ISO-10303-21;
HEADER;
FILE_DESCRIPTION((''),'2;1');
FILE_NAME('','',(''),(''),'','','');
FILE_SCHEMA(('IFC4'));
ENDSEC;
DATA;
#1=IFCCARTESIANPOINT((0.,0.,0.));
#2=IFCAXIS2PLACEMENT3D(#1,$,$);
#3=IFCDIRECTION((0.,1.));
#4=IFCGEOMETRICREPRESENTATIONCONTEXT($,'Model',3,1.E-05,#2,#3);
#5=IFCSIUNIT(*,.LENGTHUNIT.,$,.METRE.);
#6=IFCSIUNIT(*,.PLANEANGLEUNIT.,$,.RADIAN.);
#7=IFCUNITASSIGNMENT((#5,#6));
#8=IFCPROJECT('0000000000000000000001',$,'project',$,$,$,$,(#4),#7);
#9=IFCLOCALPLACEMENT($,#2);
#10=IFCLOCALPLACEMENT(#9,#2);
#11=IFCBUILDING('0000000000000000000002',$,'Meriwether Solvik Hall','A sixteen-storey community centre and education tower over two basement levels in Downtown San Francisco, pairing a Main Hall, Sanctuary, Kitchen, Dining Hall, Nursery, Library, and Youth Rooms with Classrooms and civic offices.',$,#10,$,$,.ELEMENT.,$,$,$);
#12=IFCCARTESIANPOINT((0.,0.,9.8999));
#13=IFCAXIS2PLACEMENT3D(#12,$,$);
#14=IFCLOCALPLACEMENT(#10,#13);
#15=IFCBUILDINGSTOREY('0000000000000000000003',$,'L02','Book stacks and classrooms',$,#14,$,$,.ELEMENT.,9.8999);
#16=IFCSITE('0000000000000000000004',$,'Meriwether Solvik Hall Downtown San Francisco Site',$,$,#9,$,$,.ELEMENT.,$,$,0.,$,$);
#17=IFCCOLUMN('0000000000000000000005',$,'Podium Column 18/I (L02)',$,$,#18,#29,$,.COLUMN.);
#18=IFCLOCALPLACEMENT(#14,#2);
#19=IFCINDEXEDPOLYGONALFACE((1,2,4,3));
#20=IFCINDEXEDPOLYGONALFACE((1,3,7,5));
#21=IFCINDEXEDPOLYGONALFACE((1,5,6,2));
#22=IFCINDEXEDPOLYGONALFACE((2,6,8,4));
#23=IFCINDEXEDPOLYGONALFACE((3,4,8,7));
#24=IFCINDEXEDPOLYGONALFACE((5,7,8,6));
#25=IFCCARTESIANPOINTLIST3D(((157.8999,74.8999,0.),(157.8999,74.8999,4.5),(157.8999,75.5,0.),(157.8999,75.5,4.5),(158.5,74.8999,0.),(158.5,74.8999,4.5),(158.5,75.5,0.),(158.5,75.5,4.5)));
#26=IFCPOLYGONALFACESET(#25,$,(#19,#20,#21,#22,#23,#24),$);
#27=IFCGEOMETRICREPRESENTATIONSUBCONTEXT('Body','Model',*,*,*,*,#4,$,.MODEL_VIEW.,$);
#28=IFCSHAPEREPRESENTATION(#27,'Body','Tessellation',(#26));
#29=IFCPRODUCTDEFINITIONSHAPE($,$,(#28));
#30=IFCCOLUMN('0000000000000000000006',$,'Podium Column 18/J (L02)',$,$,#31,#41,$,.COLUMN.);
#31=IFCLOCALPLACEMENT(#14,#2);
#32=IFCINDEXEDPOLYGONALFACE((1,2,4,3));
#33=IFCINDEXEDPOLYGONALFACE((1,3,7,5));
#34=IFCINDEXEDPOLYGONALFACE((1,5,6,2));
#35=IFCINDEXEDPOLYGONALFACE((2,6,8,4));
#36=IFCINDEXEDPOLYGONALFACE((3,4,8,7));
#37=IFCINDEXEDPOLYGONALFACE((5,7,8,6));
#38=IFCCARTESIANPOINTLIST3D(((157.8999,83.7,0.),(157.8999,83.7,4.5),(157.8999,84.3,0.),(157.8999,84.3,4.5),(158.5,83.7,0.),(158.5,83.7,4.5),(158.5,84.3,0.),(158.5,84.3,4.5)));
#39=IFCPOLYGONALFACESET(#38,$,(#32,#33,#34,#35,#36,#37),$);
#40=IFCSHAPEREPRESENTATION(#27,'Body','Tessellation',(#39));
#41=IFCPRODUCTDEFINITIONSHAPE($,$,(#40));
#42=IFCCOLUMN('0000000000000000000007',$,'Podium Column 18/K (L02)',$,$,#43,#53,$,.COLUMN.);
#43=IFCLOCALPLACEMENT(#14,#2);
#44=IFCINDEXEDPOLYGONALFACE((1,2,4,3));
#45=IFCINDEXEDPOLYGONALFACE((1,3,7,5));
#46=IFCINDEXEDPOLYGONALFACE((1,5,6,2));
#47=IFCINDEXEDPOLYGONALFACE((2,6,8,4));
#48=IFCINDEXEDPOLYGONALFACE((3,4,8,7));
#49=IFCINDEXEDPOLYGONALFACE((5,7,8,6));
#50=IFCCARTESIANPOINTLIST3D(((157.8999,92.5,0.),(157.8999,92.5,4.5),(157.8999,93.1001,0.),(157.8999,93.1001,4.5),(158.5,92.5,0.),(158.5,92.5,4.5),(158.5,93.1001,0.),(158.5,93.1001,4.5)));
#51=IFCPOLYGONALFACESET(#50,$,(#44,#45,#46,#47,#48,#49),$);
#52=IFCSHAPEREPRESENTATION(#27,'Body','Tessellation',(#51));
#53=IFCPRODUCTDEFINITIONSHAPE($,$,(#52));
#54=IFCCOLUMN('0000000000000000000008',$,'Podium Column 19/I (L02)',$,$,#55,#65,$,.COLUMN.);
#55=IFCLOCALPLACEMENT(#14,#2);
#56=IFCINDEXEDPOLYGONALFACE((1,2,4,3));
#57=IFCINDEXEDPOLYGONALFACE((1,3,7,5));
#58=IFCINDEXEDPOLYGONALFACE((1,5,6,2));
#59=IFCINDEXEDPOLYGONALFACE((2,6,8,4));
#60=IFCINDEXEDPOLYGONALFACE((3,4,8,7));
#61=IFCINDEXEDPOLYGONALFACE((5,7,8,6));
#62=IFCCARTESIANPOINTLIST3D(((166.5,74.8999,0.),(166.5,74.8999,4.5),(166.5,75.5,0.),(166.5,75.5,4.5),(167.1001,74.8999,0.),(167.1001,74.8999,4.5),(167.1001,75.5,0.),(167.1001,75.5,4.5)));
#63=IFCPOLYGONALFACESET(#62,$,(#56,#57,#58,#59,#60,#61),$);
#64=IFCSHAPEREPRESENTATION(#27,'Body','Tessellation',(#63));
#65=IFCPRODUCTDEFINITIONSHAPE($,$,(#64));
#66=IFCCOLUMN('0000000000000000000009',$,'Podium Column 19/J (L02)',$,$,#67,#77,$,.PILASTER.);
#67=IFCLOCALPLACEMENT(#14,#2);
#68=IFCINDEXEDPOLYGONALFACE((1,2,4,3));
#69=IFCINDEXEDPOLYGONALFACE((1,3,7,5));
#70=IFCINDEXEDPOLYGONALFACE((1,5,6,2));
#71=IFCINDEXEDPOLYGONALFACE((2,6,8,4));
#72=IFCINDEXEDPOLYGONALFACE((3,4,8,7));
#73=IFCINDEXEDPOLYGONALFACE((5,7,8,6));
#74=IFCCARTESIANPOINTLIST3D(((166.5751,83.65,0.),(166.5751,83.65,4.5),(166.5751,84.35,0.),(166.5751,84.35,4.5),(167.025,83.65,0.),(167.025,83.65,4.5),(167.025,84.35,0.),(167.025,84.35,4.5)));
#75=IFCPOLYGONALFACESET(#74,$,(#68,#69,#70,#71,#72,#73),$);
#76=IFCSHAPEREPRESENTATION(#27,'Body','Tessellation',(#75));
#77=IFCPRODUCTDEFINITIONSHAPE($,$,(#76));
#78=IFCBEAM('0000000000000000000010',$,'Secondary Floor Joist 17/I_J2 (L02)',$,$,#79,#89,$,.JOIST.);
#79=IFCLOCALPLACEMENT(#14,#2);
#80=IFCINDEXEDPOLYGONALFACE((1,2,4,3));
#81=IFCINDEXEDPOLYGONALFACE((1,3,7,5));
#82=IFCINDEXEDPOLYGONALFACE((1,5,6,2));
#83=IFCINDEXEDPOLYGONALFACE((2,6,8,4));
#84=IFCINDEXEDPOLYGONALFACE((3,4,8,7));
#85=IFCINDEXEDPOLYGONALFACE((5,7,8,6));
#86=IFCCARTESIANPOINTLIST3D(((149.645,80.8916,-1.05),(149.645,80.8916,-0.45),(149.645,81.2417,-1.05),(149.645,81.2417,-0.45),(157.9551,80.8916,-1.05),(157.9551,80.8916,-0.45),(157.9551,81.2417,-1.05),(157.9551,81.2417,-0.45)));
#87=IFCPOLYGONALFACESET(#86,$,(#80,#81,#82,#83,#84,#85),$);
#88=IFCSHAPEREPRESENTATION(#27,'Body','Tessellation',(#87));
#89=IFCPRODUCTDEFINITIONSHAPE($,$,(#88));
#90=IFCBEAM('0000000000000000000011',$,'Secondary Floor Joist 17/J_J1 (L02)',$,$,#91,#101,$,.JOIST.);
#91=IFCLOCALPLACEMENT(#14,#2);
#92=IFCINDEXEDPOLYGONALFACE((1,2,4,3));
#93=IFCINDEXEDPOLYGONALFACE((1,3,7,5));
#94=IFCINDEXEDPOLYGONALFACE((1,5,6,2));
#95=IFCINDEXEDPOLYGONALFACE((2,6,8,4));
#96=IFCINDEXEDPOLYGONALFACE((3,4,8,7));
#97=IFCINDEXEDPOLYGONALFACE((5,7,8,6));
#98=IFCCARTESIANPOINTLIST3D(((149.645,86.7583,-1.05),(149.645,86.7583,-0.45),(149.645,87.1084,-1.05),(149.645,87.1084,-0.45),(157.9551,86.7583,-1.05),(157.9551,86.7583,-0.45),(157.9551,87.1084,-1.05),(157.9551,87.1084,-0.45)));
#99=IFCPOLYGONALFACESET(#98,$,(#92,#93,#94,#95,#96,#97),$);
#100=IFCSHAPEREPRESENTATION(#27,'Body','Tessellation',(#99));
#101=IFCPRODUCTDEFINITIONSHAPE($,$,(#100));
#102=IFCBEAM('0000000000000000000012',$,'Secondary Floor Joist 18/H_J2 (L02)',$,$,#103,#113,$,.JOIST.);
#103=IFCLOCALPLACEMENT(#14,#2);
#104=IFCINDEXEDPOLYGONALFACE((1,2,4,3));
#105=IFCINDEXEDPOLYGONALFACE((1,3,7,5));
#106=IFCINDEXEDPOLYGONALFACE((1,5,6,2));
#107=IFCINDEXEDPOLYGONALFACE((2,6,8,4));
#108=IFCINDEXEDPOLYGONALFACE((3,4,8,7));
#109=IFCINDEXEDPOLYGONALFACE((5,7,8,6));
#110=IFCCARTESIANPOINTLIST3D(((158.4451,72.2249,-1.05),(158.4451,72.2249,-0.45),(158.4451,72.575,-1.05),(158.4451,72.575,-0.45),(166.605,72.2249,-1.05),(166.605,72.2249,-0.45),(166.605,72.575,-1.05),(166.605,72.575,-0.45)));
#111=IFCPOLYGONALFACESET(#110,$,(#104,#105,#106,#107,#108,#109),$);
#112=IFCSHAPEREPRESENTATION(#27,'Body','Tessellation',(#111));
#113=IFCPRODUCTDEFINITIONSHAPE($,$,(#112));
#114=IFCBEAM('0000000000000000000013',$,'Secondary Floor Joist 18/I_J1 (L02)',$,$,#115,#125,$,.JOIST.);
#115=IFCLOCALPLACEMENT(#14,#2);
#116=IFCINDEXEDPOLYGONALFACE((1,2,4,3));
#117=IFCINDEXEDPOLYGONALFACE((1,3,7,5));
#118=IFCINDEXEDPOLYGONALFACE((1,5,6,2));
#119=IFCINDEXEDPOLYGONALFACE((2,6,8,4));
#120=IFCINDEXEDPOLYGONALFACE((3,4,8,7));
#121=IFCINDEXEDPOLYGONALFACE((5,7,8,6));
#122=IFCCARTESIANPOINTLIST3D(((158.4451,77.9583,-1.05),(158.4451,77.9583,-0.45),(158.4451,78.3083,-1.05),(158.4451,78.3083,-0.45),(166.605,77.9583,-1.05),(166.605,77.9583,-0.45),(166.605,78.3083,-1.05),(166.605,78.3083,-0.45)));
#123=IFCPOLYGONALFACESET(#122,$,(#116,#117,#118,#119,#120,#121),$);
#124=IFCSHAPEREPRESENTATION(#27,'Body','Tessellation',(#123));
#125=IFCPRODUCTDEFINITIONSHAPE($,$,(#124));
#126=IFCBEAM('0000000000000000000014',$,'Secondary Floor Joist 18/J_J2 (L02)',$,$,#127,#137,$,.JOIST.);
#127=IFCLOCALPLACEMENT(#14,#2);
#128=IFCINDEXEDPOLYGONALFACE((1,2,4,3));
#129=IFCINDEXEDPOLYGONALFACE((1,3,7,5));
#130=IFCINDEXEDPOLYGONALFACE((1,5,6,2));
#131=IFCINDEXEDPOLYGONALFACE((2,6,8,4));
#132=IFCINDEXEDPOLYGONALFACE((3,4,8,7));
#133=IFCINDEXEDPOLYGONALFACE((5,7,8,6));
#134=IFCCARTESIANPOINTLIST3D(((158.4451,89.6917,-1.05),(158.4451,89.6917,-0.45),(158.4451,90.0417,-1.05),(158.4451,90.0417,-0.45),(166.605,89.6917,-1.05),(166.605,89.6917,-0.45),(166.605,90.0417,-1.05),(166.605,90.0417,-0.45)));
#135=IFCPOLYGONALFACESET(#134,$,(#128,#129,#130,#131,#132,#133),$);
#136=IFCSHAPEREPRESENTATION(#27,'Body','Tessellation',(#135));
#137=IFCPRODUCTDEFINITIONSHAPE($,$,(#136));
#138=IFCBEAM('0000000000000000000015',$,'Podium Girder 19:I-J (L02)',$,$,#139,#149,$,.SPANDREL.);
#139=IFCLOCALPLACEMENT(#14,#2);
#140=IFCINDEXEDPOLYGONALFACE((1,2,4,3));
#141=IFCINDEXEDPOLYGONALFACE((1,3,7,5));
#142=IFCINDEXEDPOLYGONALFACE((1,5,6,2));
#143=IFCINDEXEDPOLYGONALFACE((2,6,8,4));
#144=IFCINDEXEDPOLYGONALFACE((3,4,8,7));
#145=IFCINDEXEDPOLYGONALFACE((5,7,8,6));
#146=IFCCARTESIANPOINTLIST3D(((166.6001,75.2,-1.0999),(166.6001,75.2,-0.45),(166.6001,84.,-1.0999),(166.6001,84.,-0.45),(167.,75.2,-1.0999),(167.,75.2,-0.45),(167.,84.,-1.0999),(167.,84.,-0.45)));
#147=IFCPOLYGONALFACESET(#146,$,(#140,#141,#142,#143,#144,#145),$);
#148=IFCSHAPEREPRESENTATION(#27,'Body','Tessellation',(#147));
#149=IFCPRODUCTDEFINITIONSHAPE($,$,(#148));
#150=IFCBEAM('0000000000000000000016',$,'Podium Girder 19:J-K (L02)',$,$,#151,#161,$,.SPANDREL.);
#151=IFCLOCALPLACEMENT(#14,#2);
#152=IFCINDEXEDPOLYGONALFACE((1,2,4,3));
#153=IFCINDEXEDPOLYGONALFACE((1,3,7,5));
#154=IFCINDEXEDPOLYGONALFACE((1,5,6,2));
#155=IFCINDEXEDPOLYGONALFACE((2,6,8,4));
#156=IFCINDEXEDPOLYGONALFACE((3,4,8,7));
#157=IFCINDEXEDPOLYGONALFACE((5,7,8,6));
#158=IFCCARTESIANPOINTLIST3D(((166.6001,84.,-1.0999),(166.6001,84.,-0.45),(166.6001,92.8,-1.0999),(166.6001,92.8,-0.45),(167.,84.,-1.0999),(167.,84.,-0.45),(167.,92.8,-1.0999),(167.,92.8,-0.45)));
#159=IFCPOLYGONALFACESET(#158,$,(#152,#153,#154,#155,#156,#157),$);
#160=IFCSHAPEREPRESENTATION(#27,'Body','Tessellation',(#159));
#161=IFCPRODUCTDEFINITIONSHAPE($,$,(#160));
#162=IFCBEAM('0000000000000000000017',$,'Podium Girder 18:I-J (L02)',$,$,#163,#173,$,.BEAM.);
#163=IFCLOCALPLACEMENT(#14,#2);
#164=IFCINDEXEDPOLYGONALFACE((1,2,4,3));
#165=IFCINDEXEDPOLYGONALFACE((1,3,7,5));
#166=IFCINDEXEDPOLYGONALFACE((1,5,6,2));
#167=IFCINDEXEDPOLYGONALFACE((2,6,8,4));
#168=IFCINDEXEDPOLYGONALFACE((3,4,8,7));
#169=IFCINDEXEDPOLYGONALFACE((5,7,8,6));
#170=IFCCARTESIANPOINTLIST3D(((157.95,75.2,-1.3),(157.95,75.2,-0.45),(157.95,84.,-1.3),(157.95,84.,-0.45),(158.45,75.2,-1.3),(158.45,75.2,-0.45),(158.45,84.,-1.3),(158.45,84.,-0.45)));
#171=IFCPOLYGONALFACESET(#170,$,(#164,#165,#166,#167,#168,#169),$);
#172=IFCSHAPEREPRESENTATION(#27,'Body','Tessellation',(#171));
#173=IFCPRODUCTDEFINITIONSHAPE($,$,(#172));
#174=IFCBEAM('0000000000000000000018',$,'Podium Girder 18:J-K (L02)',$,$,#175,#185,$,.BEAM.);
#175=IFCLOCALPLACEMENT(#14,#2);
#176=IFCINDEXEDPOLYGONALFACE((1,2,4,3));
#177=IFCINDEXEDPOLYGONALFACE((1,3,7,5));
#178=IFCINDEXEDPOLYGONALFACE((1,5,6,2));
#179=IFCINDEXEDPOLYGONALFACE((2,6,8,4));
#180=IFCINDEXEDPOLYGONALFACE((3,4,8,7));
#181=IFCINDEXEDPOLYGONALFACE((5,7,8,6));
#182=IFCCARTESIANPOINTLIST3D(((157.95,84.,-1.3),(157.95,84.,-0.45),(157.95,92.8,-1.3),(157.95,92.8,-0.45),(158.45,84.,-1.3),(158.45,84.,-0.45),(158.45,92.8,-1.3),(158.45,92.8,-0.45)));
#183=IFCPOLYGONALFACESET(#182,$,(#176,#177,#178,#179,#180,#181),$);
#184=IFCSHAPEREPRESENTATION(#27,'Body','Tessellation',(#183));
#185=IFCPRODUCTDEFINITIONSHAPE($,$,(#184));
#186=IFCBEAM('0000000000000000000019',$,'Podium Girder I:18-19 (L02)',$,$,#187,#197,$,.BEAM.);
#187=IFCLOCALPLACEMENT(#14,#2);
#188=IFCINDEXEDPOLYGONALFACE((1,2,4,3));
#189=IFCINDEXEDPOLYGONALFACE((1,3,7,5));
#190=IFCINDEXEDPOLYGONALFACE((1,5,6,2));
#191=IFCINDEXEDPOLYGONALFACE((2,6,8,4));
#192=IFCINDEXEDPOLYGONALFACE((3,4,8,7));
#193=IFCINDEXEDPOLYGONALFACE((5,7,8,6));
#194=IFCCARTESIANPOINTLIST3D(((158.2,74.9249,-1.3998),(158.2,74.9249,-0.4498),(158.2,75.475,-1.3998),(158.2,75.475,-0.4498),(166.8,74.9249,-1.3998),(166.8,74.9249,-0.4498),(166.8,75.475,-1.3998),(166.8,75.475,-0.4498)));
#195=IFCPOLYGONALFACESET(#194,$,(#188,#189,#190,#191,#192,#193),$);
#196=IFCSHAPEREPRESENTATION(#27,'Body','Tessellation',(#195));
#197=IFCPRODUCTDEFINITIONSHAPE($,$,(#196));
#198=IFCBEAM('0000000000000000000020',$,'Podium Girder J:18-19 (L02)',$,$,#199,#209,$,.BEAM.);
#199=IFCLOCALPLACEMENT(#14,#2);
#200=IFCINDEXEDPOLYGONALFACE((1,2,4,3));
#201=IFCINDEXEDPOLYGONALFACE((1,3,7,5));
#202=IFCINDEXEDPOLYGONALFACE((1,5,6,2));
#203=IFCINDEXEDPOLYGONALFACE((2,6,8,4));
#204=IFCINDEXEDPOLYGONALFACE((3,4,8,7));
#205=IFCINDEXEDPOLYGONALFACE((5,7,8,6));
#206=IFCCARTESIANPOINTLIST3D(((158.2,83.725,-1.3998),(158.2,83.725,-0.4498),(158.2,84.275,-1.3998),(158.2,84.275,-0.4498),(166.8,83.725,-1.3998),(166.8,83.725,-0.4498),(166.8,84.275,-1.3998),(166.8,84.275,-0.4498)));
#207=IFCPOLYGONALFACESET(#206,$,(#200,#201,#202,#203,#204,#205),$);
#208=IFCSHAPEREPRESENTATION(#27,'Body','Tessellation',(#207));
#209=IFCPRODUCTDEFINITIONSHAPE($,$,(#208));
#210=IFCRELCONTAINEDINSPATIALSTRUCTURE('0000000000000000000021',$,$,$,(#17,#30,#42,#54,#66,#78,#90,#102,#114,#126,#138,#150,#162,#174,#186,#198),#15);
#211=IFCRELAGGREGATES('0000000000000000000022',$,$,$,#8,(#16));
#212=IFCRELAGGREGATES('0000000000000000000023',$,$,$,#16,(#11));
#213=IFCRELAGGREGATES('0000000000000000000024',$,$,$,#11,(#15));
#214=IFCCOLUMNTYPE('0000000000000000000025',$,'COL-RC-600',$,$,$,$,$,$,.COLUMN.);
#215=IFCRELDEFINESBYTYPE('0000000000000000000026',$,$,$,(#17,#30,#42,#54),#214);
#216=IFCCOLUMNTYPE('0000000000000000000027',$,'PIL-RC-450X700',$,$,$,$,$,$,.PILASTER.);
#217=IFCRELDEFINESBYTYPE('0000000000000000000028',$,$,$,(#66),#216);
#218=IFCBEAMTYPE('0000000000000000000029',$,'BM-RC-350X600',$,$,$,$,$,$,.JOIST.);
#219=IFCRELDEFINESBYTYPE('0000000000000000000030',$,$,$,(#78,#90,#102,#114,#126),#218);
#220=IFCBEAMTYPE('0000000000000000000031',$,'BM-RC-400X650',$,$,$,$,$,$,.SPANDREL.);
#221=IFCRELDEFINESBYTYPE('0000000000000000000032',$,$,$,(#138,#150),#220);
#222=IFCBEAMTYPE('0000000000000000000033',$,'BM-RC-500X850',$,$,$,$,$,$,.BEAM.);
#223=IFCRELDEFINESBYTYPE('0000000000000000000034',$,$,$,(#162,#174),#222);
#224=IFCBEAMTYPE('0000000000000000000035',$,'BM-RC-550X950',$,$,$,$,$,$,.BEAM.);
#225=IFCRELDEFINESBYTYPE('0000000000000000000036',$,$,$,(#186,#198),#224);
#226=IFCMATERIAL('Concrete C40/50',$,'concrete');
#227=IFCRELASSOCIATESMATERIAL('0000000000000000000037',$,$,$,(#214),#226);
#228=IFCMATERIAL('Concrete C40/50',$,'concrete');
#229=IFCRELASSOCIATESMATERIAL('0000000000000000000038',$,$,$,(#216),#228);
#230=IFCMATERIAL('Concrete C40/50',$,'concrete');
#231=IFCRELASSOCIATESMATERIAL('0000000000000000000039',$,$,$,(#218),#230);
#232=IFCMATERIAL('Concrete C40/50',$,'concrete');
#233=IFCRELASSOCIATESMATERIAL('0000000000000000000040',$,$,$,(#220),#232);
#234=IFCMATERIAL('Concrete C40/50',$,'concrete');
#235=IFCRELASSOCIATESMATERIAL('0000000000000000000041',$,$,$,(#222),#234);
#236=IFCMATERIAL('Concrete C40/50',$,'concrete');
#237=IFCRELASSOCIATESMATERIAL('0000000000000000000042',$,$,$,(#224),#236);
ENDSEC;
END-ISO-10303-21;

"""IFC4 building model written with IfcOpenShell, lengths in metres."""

from ifc_helpers import new_model, si_unit, direction, frame, origin, origin_2d, place, context, subcontext, project, spatial, rectangle, extrude, material, material_profile, profile_set, type_object, element, save


model = new_model("IFC4")

# Units and contexts
model_context = context("Model", 3, precision=1e-05, world=origin(), true_north=direction((0.0, 1.0)))
body_context = subcontext(model_context, "Body", "Model", "MODEL_VIEW")
ifc_project = project(units=[si_unit("LENGTHUNIT", "METRE"), si_unit("PLANEANGLEUNIT", "RADIAN")], contexts=[model_context])

# Site, building, storey
site_placement = place(None, origin())
site = spatial("IfcSite", under=ifc_project, at=site_placement, Name="Meriwether Solvik Hall Downtown San Francisco Site", CompositionType="ELEMENT", RefElevation=0.0)
building_placement = place(site_placement, origin())
building = spatial("IfcBuilding", under=site, at=building_placement, Name="Meriwether Solvik Hall", Description="A sixteen-storey community centre and education tower over two basement levels in Downtown San Francisco, pairing a Main Hall, Sanctuary, Kitchen, Dining Hall, Nursery, Library, and Youth Rooms with Classrooms and civic offices.", CompositionType="ELEMENT")
storey_placement = place(building_placement, frame((0.0, 0.0, 9.8999)))
storey = spatial("IfcBuildingStorey", under=building, at=storey_placement, Name="L02", Description="Book stacks and classrooms", CompositionType="ELEMENT", Elevation=9.8999)

# Columns
ifc_material_1 = material(Name="Concrete C40/50", Category="concrete")
ifc_material_profile_1 = material_profile(ifc_material_1, rectangle(XDim=0.6001, YDim=0.6001, at=origin_2d()), Name="RCC-600X600")
ifc_profile_set_1 = profile_set([ifc_material_profile_1], Name="Concrete C40/50")
column_type_1 = type_object("IfcColumnType", Name="COL-RC-600", PredefinedType="COLUMN", material=ifc_profile_set_1)
for number, where, z_axis, x_axis, name in (
    (1, (158.2, 75.2, 0.0), (0.0, 0.0, 1.0), (1.0, 0.0, 0.0), "Podium Column 18/I (L02)"),
    (2, (158.2, 84.0, 0.0), (0.0, 0.0, 1.0), (1.0, 0.0, 0.0), "Podium Column 18/J (L02)"),
    (3, (158.2, 92.8, 0.0), (0.0, 0.0, 1.0), (1.0, 0.0, 0.0), "Podium Column 18/K (L02)"),
    (4, (166.8, 75.2, 0.0), (0.0, 0.0, 1.0), (1.0, 0.0, 0.0), "Podium Column 19/I (L02)"),
):
    element("IfcColumn", number, at=place(storey_placement, frame(where, z_axis=z_axis, x_axis=x_axis)), inside=storey, type_object=column_type_1, Name=name, PredefinedType="COLUMN", context=body_context, shape_type="SweptSolid", body=[
        extrude(rectangle(XDim=0.6001, YDim=0.6001, at=origin_2d()), origin(), (0.0, 0.0, 1.0), 4.5),
    ])
ifc_material_2 = material(Name="Concrete C40/50", Category="concrete")
ifc_material_profile_2 = material_profile(ifc_material_2, rectangle(XDim=0.45, YDim=0.7, at=origin_2d()), Name="RCP-450X700")
ifc_profile_set_2 = profile_set([ifc_material_profile_2], Name="Concrete C40/50")
column_type_2 = type_object("IfcColumnType", Name="PIL-RC-450X700", PredefinedType="PILASTER", material=ifc_profile_set_2)
column_placement = place(storey_placement, frame((166.8, 84.0, 0.0), z_axis=(0.0, 0.0, 1.0), x_axis=(1.0, 0.0, 0.0)))
element("IfcColumn", 5, at=column_placement, inside=storey, type_object=column_type_2, Name="Podium Column 19/J (L02)", PredefinedType="PILASTER", context=body_context, shape_type="SweptSolid", body=[
    extrude(rectangle(XDim=0.45, YDim=0.7, at=origin_2d()), origin(), (0.0, 0.0, 1.0), 4.5),
])

# Beams
ifc_material_3 = material(Name="Concrete C40/50", Category="concrete")
ifc_material_profile_3 = material_profile(ifc_material_3, rectangle(XDim=0.3501, YDim=0.6001, at=origin_2d()), Name="RCB-350X600")
ifc_profile_set_3 = profile_set([ifc_material_profile_3], Name="Concrete C40/50")
beam_type_1 = type_object("IfcBeamType", Name="BM-RC-350X600", PredefinedType="JOIST", material=ifc_profile_set_3)
for number, where, z_axis, x_axis, name in (
    (6, (149.645, 81.0667, -0.75), (1.0, 0.0, 0.0), (0.0, 1.0, 0.0), "Secondary Floor Joist 17/I_J2 (L02)"),
    (7, (149.645, 86.9333, -0.75), (1.0, 0.0, 0.0), (0.0, 1.0, 0.0), "Secondary Floor Joist 17/J_J1 (L02)"),
):
    element("IfcBeam", number, at=place(storey_placement, frame(where, z_axis=z_axis, x_axis=x_axis)), inside=storey, type_object=beam_type_1, Name=name, PredefinedType="JOIST", context=body_context, shape_type="SweptSolid", body=[
        extrude(rectangle(XDim=0.3501, YDim=0.6001, at=origin_2d()), origin(), (0.0, 0.0, 1.0), 8.3101),
    ])
for number, where, z_axis, x_axis, name in (
    (8, (158.4451, 72.3999, -0.75), (1.0, 0.0, 0.0), (0.0, 1.0, 0.0), "Secondary Floor Joist 18/H_J2 (L02)"),
    (9, (158.4451, 78.1333, -0.75), (1.0, 0.0, 0.0), (0.0, 1.0, 0.0), "Secondary Floor Joist 18/I_J1 (L02)"),
    (10, (158.4451, 89.8667, -0.75), (1.0, 0.0, 0.0), (0.0, 1.0, 0.0), "Secondary Floor Joist 18/J_J2 (L02)"),
):
    element("IfcBeam", number, at=place(storey_placement, frame(where, z_axis=z_axis, x_axis=x_axis)), inside=storey, type_object=beam_type_1, Name=name, PredefinedType="JOIST", context=body_context, shape_type="SweptSolid", body=[
        extrude(rectangle(XDim=0.3501, YDim=0.6001, at=origin_2d()), origin(), (0.0, 0.0, 1.0), 8.1599),
    ])
ifc_material_4 = material(Name="Concrete C40/50", Category="concrete")
ifc_material_profile_4 = material_profile(ifc_material_4, rectangle(XDim=0.3999, YDim=0.6499, at=origin_2d()), Name="RCB-400X650")
ifc_profile_set_4 = profile_set([ifc_material_profile_4], Name="Concrete C40/50")
beam_type_2 = type_object("IfcBeamType", Name="BM-RC-400X650", PredefinedType="SPANDREL", material=ifc_profile_set_4)
for number, where, z_axis, x_axis, name in (
    (11, (166.8, 75.2, -0.7749), (0.0, 1.0, 0.0), (-1.0, 0.0, 0.0), "Podium Girder 19:I-J (L02)"),
    (12, (166.8, 84.0, -0.7749), (0.0, 1.0, 0.0), (-1.0, 0.0, 0.0), "Podium Girder 19:J-K (L02)"),
):
    element("IfcBeam", number, at=place(storey_placement, frame(where, z_axis=z_axis, x_axis=x_axis)), inside=storey, type_object=beam_type_2, Name=name, PredefinedType="SPANDREL", context=body_context, shape_type="SweptSolid", body=[
        extrude(rectangle(XDim=0.3999, YDim=0.6499, at=origin_2d()), origin(), (0.0, 0.0, 1.0), 8.8),
    ])
ifc_material_5 = material(Name="Concrete C40/50", Category="concrete")
ifc_material_profile_5 = material_profile(ifc_material_5, rectangle(XDim=0.5, YDim=0.8501, at=origin_2d()), Name="RCB-500X850")
ifc_profile_set_5 = profile_set([ifc_material_profile_5], Name="Concrete C40/50")
beam_type_3 = type_object("IfcBeamType", Name="BM-RC-500X850", PredefinedType="BEAM", material=ifc_profile_set_5)
for number, where, z_axis, x_axis, name in (
    (13, (158.2, 75.2, -0.875), (0.0, 1.0, 0.0), (-1.0, 0.0, 0.0), "Podium Girder 18:I-J (L02)"),
    (14, (158.2, 84.0, -0.875), (0.0, 1.0, 0.0), (-1.0, 0.0, 0.0), "Podium Girder 18:J-K (L02)"),
):
    element("IfcBeam", number, at=place(storey_placement, frame(where, z_axis=z_axis, x_axis=x_axis)), inside=storey, type_object=beam_type_3, Name=name, PredefinedType="BEAM", context=body_context, shape_type="SweptSolid", body=[
        extrude(rectangle(XDim=0.5, YDim=0.8501, at=origin_2d()), origin(), (0.0, 0.0, 1.0), 8.8),
    ])
ifc_material_6 = material(Name="Concrete C40/50", Category="concrete")
ifc_material_profile_6 = material_profile(ifc_material_6, rectangle(XDim=0.55, YDim=0.95, at=origin_2d()), Name="RCB-550X950")
ifc_profile_set_6 = profile_set([ifc_material_profile_6], Name="Concrete C40/50")
beam_type_4 = type_object("IfcBeamType", Name="BM-RC-550X950", PredefinedType="BEAM", material=ifc_profile_set_6)
for number, where, z_axis, x_axis, name in (
    (15, (158.2, 75.2, -0.9248), (1.0, 0.0, 0.0), (0.0, 1.0, 0.0), "Podium Girder I:18-19 (L02)"),
    (16, (158.2, 84.0, -0.9248), (1.0, 0.0, 0.0), (0.0, 1.0, 0.0), "Podium Girder J:18-19 (L02)"),
):
    element("IfcBeam", number, at=place(storey_placement, frame(where, z_axis=z_axis, x_axis=x_axis)), inside=storey, type_object=beam_type_4, Name=name, PredefinedType="BEAM", context=body_context, shape_type="SweptSolid", body=[
        extrude(rectangle(XDim=0.55, YDim=0.95, at=origin_2d()), origin(), (0.0, 0.0, 1.0), 8.6001),
    ])

save(model, "model.ifc")
